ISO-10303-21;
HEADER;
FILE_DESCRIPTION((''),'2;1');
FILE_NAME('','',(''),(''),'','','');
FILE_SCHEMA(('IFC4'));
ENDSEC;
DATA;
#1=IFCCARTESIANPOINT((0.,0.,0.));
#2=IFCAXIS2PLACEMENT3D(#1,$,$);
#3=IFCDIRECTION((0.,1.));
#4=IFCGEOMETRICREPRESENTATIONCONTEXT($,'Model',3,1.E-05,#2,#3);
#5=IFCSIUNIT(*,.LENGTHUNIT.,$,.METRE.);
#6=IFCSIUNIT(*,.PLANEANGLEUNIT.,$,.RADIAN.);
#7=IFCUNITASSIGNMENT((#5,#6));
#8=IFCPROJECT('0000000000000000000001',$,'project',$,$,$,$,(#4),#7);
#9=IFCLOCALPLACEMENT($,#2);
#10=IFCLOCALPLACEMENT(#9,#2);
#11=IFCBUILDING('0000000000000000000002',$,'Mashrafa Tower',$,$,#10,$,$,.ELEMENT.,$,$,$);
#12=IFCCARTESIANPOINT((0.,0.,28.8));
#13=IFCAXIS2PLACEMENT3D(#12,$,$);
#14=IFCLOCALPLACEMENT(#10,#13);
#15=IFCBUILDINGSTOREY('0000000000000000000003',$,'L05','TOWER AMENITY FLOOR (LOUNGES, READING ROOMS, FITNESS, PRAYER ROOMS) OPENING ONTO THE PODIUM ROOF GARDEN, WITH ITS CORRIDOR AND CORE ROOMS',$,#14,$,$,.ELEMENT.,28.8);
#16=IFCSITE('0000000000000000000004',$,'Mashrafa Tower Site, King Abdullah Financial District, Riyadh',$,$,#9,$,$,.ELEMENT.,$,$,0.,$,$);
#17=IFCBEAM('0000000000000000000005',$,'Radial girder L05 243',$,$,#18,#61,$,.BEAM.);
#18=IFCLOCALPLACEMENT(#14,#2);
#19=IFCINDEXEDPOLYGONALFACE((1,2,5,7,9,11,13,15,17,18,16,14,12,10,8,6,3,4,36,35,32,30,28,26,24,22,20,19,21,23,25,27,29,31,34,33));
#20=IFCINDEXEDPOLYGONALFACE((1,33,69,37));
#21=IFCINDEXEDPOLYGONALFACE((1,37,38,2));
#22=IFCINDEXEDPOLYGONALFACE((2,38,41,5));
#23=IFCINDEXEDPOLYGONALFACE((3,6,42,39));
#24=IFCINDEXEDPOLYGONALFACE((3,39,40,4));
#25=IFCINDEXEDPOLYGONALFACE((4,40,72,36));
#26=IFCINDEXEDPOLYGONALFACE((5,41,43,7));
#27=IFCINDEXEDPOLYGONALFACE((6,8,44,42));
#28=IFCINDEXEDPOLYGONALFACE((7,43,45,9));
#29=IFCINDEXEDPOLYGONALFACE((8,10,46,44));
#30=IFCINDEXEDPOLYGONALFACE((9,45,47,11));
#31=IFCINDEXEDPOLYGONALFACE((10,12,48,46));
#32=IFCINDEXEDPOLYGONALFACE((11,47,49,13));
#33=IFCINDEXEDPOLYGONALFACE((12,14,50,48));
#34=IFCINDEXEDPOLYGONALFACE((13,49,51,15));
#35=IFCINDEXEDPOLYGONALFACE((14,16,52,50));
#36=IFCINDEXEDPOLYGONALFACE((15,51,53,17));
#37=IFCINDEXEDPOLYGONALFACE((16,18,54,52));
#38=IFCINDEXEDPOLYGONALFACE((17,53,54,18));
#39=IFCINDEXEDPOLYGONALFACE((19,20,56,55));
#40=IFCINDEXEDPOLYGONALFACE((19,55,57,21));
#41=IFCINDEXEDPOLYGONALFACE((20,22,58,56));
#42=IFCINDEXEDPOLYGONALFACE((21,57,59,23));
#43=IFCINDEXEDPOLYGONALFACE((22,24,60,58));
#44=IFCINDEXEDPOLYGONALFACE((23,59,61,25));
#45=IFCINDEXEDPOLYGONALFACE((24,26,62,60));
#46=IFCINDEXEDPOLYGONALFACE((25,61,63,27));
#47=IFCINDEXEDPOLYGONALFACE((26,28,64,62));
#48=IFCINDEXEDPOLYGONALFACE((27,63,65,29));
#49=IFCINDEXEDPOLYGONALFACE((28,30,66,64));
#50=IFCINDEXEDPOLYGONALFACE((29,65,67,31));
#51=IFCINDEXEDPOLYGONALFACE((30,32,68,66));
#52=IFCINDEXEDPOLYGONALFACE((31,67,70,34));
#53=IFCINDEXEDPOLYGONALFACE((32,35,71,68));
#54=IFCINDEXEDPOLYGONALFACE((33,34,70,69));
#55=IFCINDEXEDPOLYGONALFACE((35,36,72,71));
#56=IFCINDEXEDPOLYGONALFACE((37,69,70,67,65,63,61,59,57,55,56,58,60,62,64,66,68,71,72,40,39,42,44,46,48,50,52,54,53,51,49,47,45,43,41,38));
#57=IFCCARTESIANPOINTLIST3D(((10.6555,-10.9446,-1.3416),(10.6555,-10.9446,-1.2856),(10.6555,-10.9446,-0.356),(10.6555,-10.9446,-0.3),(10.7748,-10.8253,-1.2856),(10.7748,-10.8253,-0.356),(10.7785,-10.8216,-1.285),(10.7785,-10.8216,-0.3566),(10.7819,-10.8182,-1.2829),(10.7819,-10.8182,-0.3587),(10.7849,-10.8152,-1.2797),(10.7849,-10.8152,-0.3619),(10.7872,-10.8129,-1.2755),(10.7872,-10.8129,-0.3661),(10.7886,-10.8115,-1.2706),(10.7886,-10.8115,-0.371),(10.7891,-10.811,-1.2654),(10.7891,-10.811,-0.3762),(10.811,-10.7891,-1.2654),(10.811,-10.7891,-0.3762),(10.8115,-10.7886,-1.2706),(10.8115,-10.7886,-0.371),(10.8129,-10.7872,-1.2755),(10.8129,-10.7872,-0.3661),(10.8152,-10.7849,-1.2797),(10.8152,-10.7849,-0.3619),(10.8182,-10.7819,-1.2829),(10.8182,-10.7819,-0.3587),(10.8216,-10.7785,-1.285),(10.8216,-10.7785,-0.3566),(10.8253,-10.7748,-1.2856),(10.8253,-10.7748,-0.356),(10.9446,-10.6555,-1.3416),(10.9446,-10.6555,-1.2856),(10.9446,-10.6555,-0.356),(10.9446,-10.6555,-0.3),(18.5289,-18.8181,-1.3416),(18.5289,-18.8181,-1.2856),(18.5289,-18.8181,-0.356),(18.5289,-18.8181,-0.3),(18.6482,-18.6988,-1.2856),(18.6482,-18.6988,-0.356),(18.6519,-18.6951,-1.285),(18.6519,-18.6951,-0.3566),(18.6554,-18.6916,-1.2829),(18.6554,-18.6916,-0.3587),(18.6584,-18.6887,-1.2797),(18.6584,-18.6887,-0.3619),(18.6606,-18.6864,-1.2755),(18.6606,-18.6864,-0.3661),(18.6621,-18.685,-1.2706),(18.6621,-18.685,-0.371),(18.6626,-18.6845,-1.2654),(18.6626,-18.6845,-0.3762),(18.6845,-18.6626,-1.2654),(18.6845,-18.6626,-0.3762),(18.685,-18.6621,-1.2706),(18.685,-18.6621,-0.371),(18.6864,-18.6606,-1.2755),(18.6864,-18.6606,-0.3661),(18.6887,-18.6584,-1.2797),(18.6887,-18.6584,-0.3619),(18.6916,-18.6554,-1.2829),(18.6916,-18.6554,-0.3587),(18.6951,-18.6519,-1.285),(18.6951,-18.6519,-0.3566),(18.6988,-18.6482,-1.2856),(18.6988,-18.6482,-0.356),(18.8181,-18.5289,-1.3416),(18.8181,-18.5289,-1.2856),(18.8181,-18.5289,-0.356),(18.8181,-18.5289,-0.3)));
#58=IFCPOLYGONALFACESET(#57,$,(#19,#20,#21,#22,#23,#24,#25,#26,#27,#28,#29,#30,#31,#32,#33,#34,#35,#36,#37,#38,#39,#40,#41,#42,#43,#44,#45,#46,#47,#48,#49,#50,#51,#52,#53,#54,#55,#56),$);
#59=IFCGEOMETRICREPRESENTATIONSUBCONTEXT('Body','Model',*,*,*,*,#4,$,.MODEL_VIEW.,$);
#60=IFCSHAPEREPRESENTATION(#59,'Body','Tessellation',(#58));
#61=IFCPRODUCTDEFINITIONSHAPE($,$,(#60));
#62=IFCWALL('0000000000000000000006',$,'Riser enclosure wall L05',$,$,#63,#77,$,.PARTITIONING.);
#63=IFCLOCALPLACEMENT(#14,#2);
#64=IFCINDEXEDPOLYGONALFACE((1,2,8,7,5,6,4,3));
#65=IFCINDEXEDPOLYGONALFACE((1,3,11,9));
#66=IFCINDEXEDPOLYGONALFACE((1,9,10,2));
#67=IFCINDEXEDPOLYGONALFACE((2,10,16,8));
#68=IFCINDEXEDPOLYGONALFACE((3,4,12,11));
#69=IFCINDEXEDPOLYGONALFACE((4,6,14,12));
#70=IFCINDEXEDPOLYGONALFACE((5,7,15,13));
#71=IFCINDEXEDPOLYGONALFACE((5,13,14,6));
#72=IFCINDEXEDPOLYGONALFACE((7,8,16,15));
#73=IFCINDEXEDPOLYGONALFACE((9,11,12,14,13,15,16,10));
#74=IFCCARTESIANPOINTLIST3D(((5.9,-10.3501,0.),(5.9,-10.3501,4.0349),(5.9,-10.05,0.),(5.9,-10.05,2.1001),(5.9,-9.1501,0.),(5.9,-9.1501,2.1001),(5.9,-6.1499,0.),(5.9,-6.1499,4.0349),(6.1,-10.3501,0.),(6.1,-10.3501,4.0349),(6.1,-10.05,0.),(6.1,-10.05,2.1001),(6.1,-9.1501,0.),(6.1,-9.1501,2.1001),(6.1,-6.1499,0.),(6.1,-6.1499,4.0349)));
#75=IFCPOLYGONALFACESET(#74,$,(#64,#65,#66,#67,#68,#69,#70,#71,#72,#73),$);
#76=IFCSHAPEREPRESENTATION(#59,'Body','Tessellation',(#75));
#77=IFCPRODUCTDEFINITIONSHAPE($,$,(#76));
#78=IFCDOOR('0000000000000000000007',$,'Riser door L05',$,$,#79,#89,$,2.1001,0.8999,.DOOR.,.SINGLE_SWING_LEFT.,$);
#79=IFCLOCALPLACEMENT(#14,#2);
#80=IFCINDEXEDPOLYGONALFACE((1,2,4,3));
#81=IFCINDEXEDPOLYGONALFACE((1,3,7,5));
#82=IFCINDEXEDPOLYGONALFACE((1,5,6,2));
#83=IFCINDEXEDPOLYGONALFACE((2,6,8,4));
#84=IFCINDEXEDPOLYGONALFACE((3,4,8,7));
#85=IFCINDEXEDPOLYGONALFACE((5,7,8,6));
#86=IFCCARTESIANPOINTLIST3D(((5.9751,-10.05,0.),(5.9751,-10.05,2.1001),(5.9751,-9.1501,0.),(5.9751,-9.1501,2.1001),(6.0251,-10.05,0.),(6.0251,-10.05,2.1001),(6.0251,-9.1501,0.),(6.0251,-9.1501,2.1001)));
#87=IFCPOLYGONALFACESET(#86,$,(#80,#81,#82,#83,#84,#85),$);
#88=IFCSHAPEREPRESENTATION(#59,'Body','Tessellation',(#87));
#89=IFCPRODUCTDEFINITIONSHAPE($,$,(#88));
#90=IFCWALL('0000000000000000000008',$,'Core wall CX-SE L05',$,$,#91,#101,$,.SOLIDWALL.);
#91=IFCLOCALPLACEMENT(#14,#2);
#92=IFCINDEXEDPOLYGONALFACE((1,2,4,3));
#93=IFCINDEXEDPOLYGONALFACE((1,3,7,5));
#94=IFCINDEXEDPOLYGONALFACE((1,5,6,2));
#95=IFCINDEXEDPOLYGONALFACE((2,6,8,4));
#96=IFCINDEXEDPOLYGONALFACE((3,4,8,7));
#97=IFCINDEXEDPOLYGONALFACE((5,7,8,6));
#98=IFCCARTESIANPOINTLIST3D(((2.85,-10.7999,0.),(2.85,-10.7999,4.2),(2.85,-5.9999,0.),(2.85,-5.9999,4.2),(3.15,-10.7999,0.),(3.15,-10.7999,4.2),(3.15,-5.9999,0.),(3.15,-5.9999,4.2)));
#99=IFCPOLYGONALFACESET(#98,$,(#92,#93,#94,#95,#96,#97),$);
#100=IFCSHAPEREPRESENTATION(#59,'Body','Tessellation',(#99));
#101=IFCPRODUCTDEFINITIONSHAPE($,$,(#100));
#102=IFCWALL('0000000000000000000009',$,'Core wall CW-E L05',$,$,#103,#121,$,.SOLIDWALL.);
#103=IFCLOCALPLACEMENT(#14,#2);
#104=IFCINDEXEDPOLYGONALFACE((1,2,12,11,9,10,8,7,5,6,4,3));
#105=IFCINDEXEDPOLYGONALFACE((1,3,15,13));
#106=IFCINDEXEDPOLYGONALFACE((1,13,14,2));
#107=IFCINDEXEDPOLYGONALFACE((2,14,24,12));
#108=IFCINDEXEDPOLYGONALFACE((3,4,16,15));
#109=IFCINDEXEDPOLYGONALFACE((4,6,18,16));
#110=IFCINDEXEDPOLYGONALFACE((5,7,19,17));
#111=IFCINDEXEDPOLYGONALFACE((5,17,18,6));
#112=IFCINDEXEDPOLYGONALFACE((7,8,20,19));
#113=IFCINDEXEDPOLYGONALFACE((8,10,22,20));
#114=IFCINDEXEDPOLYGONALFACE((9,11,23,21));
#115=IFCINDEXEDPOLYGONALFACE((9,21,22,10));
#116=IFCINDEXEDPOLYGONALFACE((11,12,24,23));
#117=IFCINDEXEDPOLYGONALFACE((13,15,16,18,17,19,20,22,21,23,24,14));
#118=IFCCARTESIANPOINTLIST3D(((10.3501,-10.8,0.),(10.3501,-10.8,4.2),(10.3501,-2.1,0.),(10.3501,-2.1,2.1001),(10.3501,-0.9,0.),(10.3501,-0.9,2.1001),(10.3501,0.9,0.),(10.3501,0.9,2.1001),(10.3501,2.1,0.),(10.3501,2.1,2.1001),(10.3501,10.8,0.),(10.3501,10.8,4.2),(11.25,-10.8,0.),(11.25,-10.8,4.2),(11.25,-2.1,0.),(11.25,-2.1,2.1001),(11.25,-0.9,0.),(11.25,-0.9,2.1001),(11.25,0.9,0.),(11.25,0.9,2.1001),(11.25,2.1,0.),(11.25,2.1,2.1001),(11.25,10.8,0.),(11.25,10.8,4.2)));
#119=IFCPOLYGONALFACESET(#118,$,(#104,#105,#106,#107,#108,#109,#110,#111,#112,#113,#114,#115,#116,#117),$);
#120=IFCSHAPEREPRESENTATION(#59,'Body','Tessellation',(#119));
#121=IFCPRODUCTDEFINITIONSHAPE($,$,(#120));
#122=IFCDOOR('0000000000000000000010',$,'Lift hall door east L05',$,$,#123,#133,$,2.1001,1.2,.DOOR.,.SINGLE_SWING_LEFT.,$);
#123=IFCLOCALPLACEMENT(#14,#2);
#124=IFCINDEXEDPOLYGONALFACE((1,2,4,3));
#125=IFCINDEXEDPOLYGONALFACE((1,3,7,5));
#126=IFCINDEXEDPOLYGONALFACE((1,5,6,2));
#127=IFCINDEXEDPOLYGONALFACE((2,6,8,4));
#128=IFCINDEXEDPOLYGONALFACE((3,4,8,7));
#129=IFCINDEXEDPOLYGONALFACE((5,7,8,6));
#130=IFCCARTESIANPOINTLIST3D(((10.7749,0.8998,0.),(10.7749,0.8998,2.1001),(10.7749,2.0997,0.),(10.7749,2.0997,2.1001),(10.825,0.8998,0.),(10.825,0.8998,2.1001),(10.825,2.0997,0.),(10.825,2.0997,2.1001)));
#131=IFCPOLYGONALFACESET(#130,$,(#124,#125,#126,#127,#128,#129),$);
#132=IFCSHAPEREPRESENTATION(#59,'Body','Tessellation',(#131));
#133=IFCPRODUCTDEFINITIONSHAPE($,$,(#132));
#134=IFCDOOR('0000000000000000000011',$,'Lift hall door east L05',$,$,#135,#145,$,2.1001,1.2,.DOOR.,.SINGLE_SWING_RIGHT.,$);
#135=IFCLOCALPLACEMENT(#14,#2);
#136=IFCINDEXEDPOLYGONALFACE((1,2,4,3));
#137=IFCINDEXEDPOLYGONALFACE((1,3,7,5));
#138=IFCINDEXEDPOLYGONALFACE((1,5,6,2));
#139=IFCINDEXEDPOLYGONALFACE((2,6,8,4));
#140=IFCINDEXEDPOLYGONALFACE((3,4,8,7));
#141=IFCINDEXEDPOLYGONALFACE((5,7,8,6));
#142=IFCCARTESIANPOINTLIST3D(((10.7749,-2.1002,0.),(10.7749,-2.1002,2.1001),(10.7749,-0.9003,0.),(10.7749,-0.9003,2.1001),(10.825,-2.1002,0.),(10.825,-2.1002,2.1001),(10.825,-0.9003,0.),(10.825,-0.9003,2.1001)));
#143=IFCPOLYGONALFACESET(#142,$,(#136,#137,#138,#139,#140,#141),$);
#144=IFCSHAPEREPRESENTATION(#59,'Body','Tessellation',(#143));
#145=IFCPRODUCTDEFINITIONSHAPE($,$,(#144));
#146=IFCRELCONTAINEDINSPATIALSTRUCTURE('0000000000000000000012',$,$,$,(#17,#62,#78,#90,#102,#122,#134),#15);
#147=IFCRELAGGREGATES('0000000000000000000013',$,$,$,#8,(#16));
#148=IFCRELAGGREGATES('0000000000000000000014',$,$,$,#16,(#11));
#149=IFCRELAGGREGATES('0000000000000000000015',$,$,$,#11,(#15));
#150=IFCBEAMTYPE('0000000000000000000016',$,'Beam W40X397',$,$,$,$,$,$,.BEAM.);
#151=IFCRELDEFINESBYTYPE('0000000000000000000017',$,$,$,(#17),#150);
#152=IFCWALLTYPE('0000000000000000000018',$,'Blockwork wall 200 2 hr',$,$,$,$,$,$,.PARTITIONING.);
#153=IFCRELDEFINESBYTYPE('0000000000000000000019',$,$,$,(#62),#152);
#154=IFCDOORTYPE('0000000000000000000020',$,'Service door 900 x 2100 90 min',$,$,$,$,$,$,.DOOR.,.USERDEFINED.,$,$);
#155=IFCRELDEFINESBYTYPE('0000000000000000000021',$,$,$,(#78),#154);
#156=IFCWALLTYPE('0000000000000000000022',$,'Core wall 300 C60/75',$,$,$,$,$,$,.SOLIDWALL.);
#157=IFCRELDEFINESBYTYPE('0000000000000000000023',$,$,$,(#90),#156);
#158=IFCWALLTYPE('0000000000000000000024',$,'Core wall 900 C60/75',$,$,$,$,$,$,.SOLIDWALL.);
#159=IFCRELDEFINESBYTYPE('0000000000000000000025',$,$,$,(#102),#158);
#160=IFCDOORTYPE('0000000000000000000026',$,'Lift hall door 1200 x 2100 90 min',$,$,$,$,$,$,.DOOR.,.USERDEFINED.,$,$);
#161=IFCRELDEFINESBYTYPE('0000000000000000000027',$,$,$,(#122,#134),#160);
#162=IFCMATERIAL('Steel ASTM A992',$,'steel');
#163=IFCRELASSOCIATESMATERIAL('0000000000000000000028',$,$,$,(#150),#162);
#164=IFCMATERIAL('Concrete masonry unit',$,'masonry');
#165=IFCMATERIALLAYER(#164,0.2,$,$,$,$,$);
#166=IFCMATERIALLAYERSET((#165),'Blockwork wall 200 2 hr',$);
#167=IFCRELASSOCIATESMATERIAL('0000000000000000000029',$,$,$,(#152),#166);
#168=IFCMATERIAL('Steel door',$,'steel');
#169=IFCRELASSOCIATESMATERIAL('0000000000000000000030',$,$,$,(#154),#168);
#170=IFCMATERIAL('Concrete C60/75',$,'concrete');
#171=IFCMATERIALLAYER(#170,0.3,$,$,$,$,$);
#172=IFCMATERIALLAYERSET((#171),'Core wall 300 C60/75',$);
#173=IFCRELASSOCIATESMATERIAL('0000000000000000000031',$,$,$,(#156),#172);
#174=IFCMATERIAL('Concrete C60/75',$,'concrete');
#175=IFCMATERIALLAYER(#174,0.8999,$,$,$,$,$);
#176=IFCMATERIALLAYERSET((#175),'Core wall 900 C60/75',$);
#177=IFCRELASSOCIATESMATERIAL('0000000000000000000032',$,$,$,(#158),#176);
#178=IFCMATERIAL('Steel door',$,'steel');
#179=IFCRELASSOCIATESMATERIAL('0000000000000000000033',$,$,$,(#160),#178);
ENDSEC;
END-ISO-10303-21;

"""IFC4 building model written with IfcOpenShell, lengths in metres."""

from ifc_helpers import new_model, si_unit, direction, frame, frame_2d, origin, origin_2d, place, context, subcontext, project, spatial, rectangle, i_section, extrude, material, layer, layer_set, material_profile, profile_set, type_object, element, fill, save


model = new_model("IFC4")

# Units and contexts
model_context = context("Model", 3, precision=1e-05, world=origin(), true_north=direction((0.0, 1.0)))
body_context = subcontext(model_context, "Body", "Model", "MODEL_VIEW")
ifc_project = project(units=[si_unit("LENGTHUNIT", "METRE"), si_unit("PLANEANGLEUNIT", "RADIAN")], contexts=[model_context])

# Site, building, storey
site_placement = place(None, origin())
site = spatial("IfcSite", under=ifc_project, at=site_placement, Name="Mashrafa Tower Site, King Abdullah Financial District, Riyadh", CompositionType="ELEMENT", RefElevation=0.0)
building_placement = place(site_placement, origin())
building = spatial("IfcBuilding", under=site, at=building_placement, Name="Mashrafa Tower", CompositionType="ELEMENT")
storey_placement = place(building_placement, frame((0.0, 0.0, 28.8)))
storey = spatial("IfcBuildingStorey", under=building, at=storey_placement, Name="L05", Description="TOWER AMENITY FLOOR (LOUNGES, READING ROOMS, FITNESS, PRAYER ROOMS) OPENING ONTO THE PODIUM ROOF GARDEN, WITH ITS CORRIDOR AND CORE ROOMS", CompositionType="ELEMENT", Elevation=28.8)

# Beam
ifc_material_1 = material(Name="Steel ASTM A992", Category="steel")
ifc_material_profile_1 = material_profile(ifc_material_1, i_section(OverallWidth=0.4089, OverallDepth=1.0415, WebThickness=0.031, FlangeThickness=0.0559, FilletRadius=0.0203, at=origin_2d()), Name="W40X397")
ifc_profile_set_1 = profile_set([ifc_material_profile_1], Name="Steel ASTM A992")
beam_type_1 = type_object("IfcBeamType", Name="Beam W40X397", PredefinedType="BEAM", material=ifc_profile_set_1)
beam_1_placement = place(storey_placement, frame((10.8, -10.8, -0.8208), z_axis=(0.707107, -0.707107, 0.0), x_axis=(0.707107, 0.707107, 0.0)))
element("IfcBeam", 1, at=beam_1_placement, inside=storey, type_object=beam_type_1, Name="Radial girder L05 243", PredefinedType="BEAM", context=body_context, shape_type="SweptSolid", body=[
    extrude(i_section(OverallWidth=0.4089, OverallDepth=1.0415, WebThickness=0.031, FlangeThickness=0.0559, FilletRadius=0.0203, at=origin_2d()), origin(), (0.0, 0.0, 1.0), 11.1348),
])

# Wall, opening, door
ifc_material_2 = material(Name="Concrete masonry unit", Category="masonry")
ifc_layer_1 = layer(ifc_material_2, 0.2)
ifc_layer_set_1 = layer_set([ifc_layer_1], Name="Blockwork wall 200 2 hr")
wall_type_1 = type_object("IfcWallType", Name="Blockwork wall 200 2 hr", PredefinedType="PARTITIONING", material=ifc_layer_set_1)
wall_1_placement = place(storey_placement, frame((6.0, -10.3501, 0.0), z_axis=(0.0, 0.0, 1.0), x_axis=(0.0, 1.0, 0.0)))
wall_1 = element("IfcWall", 2, at=wall_1_placement, inside=storey, type_object=wall_type_1, Name="Riser enclosure wall L05", PredefinedType="PARTITIONING", context=body_context, shape_type="SweptSolid", body=[
    extrude(rectangle(XDim=4.2002, YDim=0.2, at=frame_2d((2.1001, 0.0))), origin(), (0.0, 0.0, 1.0), 4.0349),
])
opening_1_placement = place(wall_1_placement, frame((0.3, 0.0, 0.0)))
opening_1 = element("IfcOpeningElement", 3, at=opening_1_placement, cuts=wall_1, PredefinedType="OPENING", context=body_context, shape_type="SweptSolid", body=[
    extrude(rectangle(XDim=0.8999, YDim=2.1001, at=frame_2d((0.45, 1.05))), frame((0.0, 0.1099, 0.0), z_axis=(0.0, -1.0, 0.0), x_axis=(1.0, 0.0, 0.0)), (0.0, 0.0, 1.0), 0.22),
])
ifc_material_3 = material(Name="Steel door", Category="steel")
door_type_1 = type_object("IfcDoorType", Name="Service door 900 x 2100 90 min", OperationType="USERDEFINED", PredefinedType="DOOR", material=ifc_material_3)
door_1_placement = place(opening_1_placement, origin())
door_1 = element("IfcDoor", 4, at=door_1_placement, inside=storey, type_object=door_type_1, Name="Riser door L05", OperationType="SINGLE_SWING_LEFT", OverallHeight=2.1001, OverallWidth=0.8999, PredefinedType="DOOR", context=body_context, shape_type="SweptSolid", body=[
    extrude(rectangle(XDim=0.8999, YDim=2.1001, at=frame_2d((0.45, 1.05))), frame((0.0, 0.0249, 0.0), z_axis=(0.0, -1.0, 0.0), x_axis=(1.0, 0.0, 0.0)), (0.0, 0.0, 1.0), 0.05),
])
fill(opening_1, door_1)

# Wall
ifc_material_4 = material(Name="Concrete C60/75", Category="concrete")
ifc_layer_2 = layer(ifc_material_4, 0.3)
ifc_layer_set_2 = layer_set([ifc_layer_2], Name="Core wall 300 C60/75")
wall_type_2 = type_object("IfcWallType", Name="Core wall 300 C60/75", PredefinedType="SOLIDWALL", material=ifc_layer_set_2)
wall_2_placement = place(storey_placement, frame((3.0, -6.0, 0.0), z_axis=(0.0, 0.0, 1.0), x_axis=(0.0, -1.0, 0.0)))
element("IfcWall", 5, at=wall_2_placement, inside=storey, type_object=wall_type_2, Name="Core wall CX-SE L05", PredefinedType="SOLIDWALL", context=body_context, shape_type="SweptSolid", body=[
    extrude(rectangle(XDim=4.8, YDim=0.3, at=frame_2d((2.3999, 0.0))), origin(), (0.0, 0.0, 1.0), 4.2),
])

# Wall, openings, doors
ifc_material_5 = material(Name="Concrete C60/75", Category="concrete")
ifc_layer_3 = layer(ifc_material_5, 0.8999)
ifc_layer_set_3 = layer_set([ifc_layer_3], Name="Core wall 900 C60/75")
wall_type_3 = type_object("IfcWallType", Name="Core wall 900 C60/75", PredefinedType="SOLIDWALL", material=ifc_layer_set_3)
wall_3_placement = place(storey_placement, frame((10.8, -10.8, 0.0), z_axis=(0.0, 0.0, 1.0), x_axis=(0.0, 1.0, 0.0)))
wall_3 = element("IfcWall", 6, at=wall_3_placement, inside=storey, type_object=wall_type_3, Name="Core wall CW-E L05", PredefinedType="SOLIDWALL", context=body_context, shape_type="SweptSolid", body=[
    extrude(rectangle(XDim=21.6001, YDim=0.8999, at=frame_2d((10.8, 0.0))), origin(), (0.0, 0.0, 1.0), 4.2),
])
opening_2_placement = place(wall_3_placement, frame((11.7, 0.0, 0.0)))
opening_2 = element("IfcOpeningElement", 7, at=opening_2_placement, cuts=wall_3, PredefinedType="OPENING", context=body_context, shape_type="SweptSolid", body=[
    extrude(rectangle(XDim=1.2, YDim=2.1001, at=frame_2d((0.6001, 1.05))), frame((0.0, 0.46, 0.0), z_axis=(0.0, -1.0, 0.0), x_axis=(1.0, 0.0, 0.0)), (0.0, 0.0, 1.0), 0.9199),
])
opening_3_placement = place(wall_3_placement, frame((8.7, 0.0, 0.0)))
opening_3 = element("IfcOpeningElement", 8, at=opening_3_placement, cuts=wall_3, PredefinedType="OPENING", context=body_context, shape_type="SweptSolid", body=[
    extrude(rectangle(XDim=1.2, YDim=2.1001, at=frame_2d((0.6001, 1.05))), frame((0.0, 0.46, 0.0), z_axis=(0.0, -1.0, 0.0), x_axis=(1.0, 0.0, 0.0)), (0.0, 0.0, 1.0), 0.9199),
])
ifc_material_6 = material(Name="Steel door", Category="steel")
door_type_2 = type_object("IfcDoorType", Name="Lift hall door 1200 x 2100 90 min", OperationType="USERDEFINED", PredefinedType="DOOR", material=ifc_material_6)
door_2_placement = place(opening_2_placement, frame((1.2, 0.0, 0.0), z_axis=(0.0, 0.0, 1.0), x_axis=(-1.0, 0.0, 0.0)))
door_2 = element("IfcDoor", 9, at=door_2_placement, inside=storey, type_object=door_type_2, Name="Lift hall door east L05", OperationType="SINGLE_SWING_LEFT", OverallHeight=2.1001, OverallWidth=1.2, PredefinedType="DOOR", context=body_context, shape_type="SweptSolid", body=[
    extrude(rectangle(XDim=1.2, YDim=2.1001, at=frame_2d((0.6001, 1.05))), frame((0.0, 0.0249, 0.0), z_axis=(0.0, -1.0, 0.0), x_axis=(1.0, 0.0, 0.0)), (0.0, 0.0, 1.0), 0.05),
])
fill(opening_2, door_2)
door_3_placement = place(opening_3_placement, frame((1.2, 0.0, 0.0), z_axis=(0.0, 0.0, 1.0), x_axis=(-1.0, 0.0, 0.0)))
door_3 = element("IfcDoor", 10, at=door_3_placement, inside=storey, type_object=door_type_2, Name="Lift hall door east L05", OperationType="SINGLE_SWING_RIGHT", OverallHeight=2.1001, OverallWidth=1.2, PredefinedType="DOOR", context=body_context, shape_type="SweptSolid", body=[
    extrude(rectangle(XDim=1.2, YDim=2.1001, at=frame_2d((0.6001, 1.05))), frame((0.0, 0.0249, 0.0), z_axis=(0.0, -1.0, 0.0), x_axis=(1.0, 0.0, 0.0)), (0.0, 0.0, 1.0), 0.05),
])
fill(opening_3, door_3)

save(model, "model.ifc")
